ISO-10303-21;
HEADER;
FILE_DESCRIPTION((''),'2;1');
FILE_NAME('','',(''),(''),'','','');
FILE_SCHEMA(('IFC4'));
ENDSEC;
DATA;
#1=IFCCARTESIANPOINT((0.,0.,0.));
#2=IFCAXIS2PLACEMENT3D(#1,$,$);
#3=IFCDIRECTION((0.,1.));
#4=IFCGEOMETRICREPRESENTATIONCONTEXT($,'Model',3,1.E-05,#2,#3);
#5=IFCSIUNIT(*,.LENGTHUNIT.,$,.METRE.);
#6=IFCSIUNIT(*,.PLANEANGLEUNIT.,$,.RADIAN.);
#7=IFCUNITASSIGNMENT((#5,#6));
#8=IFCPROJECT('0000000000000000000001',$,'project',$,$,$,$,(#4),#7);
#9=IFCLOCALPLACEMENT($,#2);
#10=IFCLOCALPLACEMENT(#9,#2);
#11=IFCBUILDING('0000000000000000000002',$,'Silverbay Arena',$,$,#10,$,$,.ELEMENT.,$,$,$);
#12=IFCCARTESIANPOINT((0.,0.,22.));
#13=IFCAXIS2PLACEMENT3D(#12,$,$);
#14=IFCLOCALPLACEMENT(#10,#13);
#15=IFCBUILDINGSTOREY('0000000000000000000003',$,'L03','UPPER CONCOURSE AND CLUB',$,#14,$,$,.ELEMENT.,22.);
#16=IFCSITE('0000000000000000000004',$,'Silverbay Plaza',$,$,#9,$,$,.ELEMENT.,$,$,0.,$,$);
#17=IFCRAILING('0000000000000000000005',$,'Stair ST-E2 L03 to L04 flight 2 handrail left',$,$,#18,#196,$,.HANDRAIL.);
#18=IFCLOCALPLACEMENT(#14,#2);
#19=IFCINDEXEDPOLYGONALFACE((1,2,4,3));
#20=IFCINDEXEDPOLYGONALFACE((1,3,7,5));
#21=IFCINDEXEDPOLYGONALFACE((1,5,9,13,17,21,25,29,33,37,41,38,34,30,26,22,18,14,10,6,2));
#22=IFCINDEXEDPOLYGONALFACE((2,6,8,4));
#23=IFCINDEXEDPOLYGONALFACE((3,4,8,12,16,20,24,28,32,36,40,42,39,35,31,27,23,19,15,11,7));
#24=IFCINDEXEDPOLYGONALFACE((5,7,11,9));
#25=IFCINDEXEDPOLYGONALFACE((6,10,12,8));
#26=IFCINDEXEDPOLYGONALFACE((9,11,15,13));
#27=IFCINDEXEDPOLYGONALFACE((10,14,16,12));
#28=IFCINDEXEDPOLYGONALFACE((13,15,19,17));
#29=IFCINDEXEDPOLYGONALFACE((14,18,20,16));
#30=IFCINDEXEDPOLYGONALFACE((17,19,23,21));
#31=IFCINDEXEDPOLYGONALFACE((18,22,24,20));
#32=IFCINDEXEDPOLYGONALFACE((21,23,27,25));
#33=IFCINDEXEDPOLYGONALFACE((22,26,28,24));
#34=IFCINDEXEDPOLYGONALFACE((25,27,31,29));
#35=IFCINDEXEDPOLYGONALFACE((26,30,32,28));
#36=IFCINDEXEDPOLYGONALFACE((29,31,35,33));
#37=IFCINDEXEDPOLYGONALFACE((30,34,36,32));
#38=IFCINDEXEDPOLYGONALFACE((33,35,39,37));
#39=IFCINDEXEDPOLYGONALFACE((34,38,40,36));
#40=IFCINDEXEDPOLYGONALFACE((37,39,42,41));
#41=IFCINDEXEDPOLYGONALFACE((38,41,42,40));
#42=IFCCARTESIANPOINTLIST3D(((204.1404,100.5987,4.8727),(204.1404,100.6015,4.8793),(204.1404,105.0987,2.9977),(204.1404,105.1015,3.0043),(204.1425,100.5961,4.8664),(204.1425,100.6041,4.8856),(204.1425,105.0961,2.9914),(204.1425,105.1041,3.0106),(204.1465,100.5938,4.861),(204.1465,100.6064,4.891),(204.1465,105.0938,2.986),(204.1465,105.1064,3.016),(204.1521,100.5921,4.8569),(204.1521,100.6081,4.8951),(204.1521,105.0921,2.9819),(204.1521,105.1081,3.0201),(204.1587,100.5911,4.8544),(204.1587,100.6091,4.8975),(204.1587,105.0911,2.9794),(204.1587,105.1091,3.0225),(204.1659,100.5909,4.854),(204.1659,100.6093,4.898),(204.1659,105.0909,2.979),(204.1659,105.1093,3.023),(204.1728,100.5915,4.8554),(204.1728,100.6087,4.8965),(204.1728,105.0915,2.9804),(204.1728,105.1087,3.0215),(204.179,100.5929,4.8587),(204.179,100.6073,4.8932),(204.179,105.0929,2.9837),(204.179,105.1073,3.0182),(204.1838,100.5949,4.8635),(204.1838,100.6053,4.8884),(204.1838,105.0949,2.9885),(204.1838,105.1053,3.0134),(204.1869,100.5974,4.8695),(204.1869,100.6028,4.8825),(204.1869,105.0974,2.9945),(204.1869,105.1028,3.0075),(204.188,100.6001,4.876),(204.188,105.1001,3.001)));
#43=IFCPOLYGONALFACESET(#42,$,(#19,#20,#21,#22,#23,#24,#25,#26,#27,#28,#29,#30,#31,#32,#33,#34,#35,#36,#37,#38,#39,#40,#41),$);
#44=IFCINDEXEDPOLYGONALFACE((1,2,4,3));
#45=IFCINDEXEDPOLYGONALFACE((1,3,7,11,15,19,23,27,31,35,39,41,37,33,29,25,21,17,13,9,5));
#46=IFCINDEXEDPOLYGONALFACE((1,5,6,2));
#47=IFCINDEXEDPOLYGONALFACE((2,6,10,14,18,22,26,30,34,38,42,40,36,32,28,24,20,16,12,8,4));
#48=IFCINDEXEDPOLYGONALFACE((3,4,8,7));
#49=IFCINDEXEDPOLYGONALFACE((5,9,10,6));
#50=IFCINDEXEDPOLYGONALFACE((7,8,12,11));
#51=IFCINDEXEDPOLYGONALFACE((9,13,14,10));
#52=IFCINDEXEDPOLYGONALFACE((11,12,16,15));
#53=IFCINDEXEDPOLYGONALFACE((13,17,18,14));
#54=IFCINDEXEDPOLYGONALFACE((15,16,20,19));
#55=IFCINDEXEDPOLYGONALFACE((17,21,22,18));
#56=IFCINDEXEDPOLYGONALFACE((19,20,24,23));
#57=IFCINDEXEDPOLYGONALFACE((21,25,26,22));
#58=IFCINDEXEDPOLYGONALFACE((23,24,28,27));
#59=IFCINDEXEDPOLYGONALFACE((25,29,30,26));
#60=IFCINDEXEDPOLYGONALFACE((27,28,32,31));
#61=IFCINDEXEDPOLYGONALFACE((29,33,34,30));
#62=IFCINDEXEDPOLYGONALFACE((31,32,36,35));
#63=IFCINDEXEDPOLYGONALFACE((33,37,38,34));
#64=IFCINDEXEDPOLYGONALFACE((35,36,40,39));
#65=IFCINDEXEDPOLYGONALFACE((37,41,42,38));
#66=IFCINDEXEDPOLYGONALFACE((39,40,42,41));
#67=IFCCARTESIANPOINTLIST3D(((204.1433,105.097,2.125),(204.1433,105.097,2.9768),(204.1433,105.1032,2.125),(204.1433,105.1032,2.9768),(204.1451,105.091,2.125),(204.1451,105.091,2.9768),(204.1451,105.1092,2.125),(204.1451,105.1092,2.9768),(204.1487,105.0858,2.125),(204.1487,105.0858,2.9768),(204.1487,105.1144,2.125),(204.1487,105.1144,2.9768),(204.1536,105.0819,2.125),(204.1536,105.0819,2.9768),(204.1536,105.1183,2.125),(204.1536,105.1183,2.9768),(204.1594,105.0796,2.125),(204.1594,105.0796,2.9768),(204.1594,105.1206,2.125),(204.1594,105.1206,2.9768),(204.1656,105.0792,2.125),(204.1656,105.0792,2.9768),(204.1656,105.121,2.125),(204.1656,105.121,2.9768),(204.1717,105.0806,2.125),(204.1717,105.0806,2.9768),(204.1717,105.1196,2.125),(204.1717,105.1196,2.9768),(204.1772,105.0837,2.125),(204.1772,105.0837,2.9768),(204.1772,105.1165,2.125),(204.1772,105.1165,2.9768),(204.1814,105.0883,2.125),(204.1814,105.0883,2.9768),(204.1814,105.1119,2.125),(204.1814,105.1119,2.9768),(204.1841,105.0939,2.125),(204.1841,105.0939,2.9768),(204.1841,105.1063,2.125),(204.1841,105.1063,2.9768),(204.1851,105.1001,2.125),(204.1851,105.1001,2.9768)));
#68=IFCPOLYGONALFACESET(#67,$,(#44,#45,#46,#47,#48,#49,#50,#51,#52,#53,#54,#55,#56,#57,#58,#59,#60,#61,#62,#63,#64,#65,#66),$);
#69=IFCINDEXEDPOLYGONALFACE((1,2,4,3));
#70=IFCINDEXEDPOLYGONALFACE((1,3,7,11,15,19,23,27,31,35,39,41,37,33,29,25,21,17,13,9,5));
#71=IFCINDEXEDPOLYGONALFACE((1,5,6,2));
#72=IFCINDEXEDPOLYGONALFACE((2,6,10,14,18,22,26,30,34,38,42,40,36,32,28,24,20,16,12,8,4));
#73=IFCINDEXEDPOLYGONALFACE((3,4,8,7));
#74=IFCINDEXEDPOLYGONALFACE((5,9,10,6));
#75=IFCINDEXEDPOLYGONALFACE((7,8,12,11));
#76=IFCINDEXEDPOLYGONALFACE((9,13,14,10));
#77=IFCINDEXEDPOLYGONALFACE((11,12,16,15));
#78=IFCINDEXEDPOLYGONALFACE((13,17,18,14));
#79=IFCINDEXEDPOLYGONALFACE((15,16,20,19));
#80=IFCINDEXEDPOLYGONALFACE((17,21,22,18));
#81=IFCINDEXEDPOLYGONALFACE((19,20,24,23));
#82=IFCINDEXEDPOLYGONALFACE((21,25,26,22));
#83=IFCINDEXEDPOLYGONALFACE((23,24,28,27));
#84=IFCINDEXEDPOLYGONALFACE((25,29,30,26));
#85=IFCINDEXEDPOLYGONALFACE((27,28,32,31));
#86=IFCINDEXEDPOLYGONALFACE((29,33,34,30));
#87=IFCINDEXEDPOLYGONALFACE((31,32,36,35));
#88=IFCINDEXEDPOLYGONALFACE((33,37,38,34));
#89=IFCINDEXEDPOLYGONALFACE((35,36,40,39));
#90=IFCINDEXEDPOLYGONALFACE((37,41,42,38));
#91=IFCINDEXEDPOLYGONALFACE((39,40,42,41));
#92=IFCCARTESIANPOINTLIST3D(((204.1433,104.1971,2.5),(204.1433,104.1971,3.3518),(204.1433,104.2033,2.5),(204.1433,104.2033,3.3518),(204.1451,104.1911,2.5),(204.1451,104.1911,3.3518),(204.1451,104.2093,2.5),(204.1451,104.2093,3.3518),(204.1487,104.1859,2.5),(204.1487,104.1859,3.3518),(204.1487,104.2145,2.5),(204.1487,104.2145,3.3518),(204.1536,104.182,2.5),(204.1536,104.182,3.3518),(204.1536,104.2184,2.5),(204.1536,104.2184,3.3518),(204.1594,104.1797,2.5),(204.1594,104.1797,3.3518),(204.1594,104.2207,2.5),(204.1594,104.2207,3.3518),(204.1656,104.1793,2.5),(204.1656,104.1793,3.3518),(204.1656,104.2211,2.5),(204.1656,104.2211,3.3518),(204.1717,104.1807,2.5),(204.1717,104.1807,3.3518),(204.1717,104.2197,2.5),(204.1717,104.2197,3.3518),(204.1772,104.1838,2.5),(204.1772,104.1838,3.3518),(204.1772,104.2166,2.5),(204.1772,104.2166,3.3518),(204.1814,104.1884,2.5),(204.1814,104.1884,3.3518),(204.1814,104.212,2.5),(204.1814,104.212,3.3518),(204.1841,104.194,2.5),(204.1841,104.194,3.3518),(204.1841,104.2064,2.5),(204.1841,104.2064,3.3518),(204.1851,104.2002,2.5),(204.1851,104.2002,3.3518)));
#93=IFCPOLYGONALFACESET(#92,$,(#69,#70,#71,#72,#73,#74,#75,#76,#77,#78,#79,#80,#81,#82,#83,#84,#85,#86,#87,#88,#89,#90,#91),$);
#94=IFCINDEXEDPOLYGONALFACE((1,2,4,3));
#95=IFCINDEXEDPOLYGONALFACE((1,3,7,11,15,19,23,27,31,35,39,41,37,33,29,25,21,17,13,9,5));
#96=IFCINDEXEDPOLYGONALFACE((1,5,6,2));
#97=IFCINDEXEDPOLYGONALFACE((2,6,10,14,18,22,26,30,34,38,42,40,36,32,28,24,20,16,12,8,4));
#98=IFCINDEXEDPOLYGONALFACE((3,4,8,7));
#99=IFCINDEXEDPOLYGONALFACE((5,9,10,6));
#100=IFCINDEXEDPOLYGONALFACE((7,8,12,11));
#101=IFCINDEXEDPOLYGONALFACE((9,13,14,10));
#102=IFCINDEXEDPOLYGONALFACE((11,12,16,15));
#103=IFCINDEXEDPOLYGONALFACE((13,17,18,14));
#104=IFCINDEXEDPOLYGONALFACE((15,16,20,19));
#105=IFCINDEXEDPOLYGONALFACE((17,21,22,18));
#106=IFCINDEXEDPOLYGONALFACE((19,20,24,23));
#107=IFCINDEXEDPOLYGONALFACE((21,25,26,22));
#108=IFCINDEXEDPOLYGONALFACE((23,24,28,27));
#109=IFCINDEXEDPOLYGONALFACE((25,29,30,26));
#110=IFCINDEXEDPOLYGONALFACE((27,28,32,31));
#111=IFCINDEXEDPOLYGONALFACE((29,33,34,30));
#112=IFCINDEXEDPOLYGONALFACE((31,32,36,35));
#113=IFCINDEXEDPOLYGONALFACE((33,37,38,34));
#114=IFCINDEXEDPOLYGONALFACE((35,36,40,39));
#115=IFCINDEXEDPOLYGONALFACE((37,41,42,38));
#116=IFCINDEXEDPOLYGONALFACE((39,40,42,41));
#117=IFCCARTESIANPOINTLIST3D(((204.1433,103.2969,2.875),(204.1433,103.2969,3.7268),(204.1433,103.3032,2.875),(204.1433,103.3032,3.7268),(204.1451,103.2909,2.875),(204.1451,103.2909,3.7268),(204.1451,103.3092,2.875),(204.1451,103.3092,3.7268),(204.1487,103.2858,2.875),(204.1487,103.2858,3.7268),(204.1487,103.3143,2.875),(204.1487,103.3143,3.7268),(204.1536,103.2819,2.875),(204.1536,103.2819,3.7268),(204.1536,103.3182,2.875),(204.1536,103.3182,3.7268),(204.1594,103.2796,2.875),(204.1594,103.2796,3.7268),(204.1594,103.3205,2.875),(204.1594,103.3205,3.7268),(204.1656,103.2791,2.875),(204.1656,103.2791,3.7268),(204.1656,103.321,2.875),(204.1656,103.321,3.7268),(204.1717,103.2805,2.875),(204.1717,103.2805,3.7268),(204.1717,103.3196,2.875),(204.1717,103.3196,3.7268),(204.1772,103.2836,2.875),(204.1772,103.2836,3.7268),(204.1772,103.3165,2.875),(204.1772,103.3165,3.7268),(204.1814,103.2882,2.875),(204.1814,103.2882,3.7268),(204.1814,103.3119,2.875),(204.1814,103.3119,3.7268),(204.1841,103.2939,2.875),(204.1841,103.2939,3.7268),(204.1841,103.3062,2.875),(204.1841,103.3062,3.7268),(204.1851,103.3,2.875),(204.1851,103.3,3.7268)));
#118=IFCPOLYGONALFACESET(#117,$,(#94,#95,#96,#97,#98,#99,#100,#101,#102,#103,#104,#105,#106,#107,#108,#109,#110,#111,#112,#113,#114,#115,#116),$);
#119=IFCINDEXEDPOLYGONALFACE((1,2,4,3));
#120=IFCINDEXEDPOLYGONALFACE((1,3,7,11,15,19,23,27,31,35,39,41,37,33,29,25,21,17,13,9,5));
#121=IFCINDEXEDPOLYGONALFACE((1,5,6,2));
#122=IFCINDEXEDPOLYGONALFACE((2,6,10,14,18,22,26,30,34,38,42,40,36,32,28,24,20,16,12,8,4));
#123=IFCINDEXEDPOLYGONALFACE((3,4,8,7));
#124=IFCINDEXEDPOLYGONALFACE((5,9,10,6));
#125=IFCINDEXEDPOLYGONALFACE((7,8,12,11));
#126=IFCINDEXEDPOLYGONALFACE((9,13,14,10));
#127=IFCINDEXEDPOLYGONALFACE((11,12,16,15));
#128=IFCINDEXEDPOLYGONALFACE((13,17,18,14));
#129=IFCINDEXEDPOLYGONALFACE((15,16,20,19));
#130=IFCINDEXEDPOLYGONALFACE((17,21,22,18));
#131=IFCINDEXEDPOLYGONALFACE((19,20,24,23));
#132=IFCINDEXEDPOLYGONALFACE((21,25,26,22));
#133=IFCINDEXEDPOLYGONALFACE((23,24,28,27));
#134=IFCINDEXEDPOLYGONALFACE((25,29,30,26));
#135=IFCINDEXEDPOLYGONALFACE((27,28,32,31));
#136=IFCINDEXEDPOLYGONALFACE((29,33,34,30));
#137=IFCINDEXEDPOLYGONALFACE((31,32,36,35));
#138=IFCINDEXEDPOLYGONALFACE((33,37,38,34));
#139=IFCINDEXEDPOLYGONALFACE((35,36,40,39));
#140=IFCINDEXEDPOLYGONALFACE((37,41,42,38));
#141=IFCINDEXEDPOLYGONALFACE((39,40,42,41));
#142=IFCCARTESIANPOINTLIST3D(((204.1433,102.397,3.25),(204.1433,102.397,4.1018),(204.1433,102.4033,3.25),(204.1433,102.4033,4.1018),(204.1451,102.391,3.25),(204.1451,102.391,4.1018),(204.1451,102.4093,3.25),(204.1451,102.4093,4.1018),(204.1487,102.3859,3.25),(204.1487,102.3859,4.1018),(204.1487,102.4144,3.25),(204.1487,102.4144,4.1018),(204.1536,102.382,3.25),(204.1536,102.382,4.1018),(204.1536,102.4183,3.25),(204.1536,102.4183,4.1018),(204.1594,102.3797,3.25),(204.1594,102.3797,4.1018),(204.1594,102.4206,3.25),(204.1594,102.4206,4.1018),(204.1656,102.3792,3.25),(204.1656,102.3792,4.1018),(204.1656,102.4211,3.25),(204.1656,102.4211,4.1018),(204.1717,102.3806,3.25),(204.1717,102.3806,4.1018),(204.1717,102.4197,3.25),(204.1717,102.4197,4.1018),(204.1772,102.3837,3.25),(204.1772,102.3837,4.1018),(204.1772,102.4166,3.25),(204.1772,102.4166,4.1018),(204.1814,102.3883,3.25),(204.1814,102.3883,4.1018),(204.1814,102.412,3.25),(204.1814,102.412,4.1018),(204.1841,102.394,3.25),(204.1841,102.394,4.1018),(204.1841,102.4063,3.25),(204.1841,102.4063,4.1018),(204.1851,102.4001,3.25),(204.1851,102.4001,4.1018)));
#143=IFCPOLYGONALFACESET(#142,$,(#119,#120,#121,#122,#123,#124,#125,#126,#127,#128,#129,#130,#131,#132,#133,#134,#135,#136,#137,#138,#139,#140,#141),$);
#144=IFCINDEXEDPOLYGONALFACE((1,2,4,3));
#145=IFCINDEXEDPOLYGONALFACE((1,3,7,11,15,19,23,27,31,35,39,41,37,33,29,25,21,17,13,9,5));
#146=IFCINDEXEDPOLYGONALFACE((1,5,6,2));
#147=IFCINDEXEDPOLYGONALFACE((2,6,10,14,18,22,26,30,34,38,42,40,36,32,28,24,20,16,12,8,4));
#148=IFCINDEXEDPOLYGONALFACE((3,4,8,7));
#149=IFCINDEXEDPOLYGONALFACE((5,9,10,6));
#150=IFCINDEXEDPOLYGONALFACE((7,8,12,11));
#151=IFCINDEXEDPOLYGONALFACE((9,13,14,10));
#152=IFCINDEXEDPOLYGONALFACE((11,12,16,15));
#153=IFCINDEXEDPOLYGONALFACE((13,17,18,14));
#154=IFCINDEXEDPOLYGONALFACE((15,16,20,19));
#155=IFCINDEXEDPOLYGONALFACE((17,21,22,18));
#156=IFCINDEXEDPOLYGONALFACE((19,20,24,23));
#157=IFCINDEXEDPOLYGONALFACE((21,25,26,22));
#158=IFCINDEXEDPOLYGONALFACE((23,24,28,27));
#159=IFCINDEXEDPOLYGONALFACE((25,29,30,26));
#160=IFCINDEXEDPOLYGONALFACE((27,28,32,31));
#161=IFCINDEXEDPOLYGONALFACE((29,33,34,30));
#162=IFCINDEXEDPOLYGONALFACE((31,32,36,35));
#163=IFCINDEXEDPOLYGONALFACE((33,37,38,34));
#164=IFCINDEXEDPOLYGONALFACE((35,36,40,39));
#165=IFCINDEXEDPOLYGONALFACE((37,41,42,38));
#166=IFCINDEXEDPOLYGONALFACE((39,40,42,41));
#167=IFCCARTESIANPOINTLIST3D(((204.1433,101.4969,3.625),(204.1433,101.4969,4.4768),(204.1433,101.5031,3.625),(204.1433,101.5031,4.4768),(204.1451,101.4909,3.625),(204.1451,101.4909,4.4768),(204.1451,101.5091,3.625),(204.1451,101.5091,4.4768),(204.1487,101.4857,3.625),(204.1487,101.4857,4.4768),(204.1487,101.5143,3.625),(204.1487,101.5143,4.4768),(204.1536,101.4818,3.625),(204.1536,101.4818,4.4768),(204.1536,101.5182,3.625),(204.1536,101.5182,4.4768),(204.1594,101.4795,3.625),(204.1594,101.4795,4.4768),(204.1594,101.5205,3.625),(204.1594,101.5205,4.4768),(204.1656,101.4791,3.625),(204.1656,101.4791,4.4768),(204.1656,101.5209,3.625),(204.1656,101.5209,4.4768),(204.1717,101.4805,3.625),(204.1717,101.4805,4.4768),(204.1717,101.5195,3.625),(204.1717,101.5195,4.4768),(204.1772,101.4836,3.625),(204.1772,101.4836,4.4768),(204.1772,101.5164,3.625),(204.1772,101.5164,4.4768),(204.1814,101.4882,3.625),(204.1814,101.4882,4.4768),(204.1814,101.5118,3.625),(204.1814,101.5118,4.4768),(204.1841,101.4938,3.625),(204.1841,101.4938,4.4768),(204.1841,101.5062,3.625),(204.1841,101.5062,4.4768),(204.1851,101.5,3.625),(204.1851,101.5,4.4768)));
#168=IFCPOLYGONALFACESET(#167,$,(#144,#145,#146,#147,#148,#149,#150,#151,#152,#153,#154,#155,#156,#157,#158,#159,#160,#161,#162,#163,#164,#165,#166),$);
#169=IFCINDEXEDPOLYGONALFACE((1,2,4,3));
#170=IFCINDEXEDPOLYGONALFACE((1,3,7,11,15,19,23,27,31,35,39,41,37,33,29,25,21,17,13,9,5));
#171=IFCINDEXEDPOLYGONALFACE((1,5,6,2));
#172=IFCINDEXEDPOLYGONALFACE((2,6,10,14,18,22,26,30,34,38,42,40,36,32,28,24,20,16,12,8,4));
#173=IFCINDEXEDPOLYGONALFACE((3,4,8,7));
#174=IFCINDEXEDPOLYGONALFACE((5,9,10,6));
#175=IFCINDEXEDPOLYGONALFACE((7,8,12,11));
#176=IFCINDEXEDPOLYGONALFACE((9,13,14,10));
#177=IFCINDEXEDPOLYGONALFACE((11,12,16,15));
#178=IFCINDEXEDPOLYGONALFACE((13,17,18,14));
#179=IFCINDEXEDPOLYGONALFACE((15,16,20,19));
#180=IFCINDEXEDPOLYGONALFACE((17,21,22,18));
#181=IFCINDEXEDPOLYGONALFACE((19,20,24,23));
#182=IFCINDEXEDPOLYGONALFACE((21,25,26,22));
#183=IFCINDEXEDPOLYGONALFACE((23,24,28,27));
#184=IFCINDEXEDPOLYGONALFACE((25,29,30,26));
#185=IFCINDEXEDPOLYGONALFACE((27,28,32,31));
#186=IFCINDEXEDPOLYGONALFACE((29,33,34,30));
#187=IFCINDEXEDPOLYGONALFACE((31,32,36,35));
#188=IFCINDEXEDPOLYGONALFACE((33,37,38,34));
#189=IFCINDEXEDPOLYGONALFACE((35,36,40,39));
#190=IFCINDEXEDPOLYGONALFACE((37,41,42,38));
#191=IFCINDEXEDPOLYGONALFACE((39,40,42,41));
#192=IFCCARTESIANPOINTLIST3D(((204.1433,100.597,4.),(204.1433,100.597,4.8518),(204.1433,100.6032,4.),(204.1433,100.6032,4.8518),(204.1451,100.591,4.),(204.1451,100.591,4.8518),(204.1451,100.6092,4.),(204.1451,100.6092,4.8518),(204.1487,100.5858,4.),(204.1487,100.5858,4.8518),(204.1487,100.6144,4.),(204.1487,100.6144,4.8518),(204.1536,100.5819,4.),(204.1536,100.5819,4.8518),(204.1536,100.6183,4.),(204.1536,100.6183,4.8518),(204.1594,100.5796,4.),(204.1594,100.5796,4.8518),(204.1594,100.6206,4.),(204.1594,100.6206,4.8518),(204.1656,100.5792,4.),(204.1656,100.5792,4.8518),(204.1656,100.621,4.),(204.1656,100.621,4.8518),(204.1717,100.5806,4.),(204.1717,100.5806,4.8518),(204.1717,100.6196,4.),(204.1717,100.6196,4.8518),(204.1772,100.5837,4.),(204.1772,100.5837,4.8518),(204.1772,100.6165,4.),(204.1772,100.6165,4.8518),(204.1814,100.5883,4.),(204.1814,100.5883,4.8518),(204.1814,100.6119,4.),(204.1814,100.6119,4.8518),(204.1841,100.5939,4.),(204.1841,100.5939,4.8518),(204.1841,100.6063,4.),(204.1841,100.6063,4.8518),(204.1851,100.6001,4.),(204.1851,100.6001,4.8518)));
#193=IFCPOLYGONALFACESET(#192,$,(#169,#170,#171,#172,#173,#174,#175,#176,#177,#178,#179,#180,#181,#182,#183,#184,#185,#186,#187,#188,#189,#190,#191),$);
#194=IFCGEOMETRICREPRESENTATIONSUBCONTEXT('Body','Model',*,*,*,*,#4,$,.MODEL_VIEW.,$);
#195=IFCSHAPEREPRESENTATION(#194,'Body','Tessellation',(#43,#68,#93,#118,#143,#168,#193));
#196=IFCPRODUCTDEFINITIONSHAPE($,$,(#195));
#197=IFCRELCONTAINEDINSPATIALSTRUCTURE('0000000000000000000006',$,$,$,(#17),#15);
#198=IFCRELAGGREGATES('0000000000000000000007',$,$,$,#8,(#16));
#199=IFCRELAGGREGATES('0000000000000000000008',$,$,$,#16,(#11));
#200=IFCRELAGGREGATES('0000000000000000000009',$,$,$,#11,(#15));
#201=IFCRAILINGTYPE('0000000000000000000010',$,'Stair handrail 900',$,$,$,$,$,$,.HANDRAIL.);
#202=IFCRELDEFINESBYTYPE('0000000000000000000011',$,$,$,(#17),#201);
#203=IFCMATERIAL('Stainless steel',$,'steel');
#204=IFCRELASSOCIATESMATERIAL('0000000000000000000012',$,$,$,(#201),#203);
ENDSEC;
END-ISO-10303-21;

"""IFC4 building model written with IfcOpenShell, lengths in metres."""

from ifc_helpers import new_model, si_unit, direction, frame, origin, origin_2d, place, context, subcontext, project, spatial, circle, extrude, material, type_object, element, save


model = new_model("IFC4")

# Units and contexts
model_context = context("Model", 3, precision=1e-05, world=origin(), true_north=direction((0.0, 1.0)))
body_context = subcontext(model_context, "Body", "Model", "MODEL_VIEW")
ifc_project = project(units=[si_unit("LENGTHUNIT", "METRE"), si_unit("PLANEANGLEUNIT", "RADIAN")], contexts=[model_context])

# Site, building, storey
site_placement = place(None, origin())
site = spatial("IfcSite", under=ifc_project, at=site_placement, Name="Silverbay Plaza", CompositionType="ELEMENT", RefElevation=0.0)
building_placement = place(site_placement, origin())
building = spatial("IfcBuilding", under=site, at=building_placement, Name="Silverbay Arena", CompositionType="ELEMENT")
storey_placement = place(building_placement, frame((0.0, 0.0, 22.0)))
storey = spatial("IfcBuildingStorey", under=building, at=storey_placement, Name="L03", Description="UPPER CONCOURSE AND CLUB", CompositionType="ELEMENT", Elevation=22.0)

# Railing
ifc_material_1 = material(Name="Stainless steel", Category="steel")
railing_type_1 = type_object("IfcRailingType", Name="Stair handrail 900", PredefinedType="HANDRAIL", material=ifc_material_1)
for number, where, name in (
    (1, (204.1641, 105.1001, 2.125), "Stair ST-E2 L03 to L04 flight 2 handrail left"),
):
    element("IfcRailing", number, at=place(storey_placement, frame(where)), inside=storey, type_object=railing_type_1, Name=name, PredefinedType="HANDRAIL", context=body_context, shape_type="SweptSolid", body=[
        extrude(circle(Radius=0.0239, at=origin_2d()), frame((0.0, 0.0, 0.876), z_axis=(0.0, -0.923077, 0.384615), x_axis=(1.0, 0.0, 0.0)), (0.0, 0.0, 1.0), 4.875),
        extrude(circle(Radius=0.021, at=origin_2d()), origin(), (0.0, 0.0, 1.0), 0.8518),
        extrude(circle(Radius=0.021, at=origin_2d()), frame((0.0, -0.8999, 0.375)), (0.0, 0.0, 1.0), 0.8518),
        extrude(circle(Radius=0.021, at=origin_2d()), frame((0.0, -1.8, 0.75)), (0.0, 0.0, 1.0), 0.8518),
        extrude(circle(Radius=0.021, at=origin_2d()), frame((0.0, -2.7, 1.125)), (0.0, 0.0, 1.0), 0.8518),
        extrude(circle(Radius=0.021, at=origin_2d()), frame((0.0, -3.6001, 1.5)), (0.0, 0.0, 1.0), 0.8518),
        extrude(circle(Radius=0.021, at=origin_2d()), frame((0.0, -4.5, 1.875)), (0.0, 0.0, 1.0), 0.8518),
    ])

save(model, "model.ifc")
